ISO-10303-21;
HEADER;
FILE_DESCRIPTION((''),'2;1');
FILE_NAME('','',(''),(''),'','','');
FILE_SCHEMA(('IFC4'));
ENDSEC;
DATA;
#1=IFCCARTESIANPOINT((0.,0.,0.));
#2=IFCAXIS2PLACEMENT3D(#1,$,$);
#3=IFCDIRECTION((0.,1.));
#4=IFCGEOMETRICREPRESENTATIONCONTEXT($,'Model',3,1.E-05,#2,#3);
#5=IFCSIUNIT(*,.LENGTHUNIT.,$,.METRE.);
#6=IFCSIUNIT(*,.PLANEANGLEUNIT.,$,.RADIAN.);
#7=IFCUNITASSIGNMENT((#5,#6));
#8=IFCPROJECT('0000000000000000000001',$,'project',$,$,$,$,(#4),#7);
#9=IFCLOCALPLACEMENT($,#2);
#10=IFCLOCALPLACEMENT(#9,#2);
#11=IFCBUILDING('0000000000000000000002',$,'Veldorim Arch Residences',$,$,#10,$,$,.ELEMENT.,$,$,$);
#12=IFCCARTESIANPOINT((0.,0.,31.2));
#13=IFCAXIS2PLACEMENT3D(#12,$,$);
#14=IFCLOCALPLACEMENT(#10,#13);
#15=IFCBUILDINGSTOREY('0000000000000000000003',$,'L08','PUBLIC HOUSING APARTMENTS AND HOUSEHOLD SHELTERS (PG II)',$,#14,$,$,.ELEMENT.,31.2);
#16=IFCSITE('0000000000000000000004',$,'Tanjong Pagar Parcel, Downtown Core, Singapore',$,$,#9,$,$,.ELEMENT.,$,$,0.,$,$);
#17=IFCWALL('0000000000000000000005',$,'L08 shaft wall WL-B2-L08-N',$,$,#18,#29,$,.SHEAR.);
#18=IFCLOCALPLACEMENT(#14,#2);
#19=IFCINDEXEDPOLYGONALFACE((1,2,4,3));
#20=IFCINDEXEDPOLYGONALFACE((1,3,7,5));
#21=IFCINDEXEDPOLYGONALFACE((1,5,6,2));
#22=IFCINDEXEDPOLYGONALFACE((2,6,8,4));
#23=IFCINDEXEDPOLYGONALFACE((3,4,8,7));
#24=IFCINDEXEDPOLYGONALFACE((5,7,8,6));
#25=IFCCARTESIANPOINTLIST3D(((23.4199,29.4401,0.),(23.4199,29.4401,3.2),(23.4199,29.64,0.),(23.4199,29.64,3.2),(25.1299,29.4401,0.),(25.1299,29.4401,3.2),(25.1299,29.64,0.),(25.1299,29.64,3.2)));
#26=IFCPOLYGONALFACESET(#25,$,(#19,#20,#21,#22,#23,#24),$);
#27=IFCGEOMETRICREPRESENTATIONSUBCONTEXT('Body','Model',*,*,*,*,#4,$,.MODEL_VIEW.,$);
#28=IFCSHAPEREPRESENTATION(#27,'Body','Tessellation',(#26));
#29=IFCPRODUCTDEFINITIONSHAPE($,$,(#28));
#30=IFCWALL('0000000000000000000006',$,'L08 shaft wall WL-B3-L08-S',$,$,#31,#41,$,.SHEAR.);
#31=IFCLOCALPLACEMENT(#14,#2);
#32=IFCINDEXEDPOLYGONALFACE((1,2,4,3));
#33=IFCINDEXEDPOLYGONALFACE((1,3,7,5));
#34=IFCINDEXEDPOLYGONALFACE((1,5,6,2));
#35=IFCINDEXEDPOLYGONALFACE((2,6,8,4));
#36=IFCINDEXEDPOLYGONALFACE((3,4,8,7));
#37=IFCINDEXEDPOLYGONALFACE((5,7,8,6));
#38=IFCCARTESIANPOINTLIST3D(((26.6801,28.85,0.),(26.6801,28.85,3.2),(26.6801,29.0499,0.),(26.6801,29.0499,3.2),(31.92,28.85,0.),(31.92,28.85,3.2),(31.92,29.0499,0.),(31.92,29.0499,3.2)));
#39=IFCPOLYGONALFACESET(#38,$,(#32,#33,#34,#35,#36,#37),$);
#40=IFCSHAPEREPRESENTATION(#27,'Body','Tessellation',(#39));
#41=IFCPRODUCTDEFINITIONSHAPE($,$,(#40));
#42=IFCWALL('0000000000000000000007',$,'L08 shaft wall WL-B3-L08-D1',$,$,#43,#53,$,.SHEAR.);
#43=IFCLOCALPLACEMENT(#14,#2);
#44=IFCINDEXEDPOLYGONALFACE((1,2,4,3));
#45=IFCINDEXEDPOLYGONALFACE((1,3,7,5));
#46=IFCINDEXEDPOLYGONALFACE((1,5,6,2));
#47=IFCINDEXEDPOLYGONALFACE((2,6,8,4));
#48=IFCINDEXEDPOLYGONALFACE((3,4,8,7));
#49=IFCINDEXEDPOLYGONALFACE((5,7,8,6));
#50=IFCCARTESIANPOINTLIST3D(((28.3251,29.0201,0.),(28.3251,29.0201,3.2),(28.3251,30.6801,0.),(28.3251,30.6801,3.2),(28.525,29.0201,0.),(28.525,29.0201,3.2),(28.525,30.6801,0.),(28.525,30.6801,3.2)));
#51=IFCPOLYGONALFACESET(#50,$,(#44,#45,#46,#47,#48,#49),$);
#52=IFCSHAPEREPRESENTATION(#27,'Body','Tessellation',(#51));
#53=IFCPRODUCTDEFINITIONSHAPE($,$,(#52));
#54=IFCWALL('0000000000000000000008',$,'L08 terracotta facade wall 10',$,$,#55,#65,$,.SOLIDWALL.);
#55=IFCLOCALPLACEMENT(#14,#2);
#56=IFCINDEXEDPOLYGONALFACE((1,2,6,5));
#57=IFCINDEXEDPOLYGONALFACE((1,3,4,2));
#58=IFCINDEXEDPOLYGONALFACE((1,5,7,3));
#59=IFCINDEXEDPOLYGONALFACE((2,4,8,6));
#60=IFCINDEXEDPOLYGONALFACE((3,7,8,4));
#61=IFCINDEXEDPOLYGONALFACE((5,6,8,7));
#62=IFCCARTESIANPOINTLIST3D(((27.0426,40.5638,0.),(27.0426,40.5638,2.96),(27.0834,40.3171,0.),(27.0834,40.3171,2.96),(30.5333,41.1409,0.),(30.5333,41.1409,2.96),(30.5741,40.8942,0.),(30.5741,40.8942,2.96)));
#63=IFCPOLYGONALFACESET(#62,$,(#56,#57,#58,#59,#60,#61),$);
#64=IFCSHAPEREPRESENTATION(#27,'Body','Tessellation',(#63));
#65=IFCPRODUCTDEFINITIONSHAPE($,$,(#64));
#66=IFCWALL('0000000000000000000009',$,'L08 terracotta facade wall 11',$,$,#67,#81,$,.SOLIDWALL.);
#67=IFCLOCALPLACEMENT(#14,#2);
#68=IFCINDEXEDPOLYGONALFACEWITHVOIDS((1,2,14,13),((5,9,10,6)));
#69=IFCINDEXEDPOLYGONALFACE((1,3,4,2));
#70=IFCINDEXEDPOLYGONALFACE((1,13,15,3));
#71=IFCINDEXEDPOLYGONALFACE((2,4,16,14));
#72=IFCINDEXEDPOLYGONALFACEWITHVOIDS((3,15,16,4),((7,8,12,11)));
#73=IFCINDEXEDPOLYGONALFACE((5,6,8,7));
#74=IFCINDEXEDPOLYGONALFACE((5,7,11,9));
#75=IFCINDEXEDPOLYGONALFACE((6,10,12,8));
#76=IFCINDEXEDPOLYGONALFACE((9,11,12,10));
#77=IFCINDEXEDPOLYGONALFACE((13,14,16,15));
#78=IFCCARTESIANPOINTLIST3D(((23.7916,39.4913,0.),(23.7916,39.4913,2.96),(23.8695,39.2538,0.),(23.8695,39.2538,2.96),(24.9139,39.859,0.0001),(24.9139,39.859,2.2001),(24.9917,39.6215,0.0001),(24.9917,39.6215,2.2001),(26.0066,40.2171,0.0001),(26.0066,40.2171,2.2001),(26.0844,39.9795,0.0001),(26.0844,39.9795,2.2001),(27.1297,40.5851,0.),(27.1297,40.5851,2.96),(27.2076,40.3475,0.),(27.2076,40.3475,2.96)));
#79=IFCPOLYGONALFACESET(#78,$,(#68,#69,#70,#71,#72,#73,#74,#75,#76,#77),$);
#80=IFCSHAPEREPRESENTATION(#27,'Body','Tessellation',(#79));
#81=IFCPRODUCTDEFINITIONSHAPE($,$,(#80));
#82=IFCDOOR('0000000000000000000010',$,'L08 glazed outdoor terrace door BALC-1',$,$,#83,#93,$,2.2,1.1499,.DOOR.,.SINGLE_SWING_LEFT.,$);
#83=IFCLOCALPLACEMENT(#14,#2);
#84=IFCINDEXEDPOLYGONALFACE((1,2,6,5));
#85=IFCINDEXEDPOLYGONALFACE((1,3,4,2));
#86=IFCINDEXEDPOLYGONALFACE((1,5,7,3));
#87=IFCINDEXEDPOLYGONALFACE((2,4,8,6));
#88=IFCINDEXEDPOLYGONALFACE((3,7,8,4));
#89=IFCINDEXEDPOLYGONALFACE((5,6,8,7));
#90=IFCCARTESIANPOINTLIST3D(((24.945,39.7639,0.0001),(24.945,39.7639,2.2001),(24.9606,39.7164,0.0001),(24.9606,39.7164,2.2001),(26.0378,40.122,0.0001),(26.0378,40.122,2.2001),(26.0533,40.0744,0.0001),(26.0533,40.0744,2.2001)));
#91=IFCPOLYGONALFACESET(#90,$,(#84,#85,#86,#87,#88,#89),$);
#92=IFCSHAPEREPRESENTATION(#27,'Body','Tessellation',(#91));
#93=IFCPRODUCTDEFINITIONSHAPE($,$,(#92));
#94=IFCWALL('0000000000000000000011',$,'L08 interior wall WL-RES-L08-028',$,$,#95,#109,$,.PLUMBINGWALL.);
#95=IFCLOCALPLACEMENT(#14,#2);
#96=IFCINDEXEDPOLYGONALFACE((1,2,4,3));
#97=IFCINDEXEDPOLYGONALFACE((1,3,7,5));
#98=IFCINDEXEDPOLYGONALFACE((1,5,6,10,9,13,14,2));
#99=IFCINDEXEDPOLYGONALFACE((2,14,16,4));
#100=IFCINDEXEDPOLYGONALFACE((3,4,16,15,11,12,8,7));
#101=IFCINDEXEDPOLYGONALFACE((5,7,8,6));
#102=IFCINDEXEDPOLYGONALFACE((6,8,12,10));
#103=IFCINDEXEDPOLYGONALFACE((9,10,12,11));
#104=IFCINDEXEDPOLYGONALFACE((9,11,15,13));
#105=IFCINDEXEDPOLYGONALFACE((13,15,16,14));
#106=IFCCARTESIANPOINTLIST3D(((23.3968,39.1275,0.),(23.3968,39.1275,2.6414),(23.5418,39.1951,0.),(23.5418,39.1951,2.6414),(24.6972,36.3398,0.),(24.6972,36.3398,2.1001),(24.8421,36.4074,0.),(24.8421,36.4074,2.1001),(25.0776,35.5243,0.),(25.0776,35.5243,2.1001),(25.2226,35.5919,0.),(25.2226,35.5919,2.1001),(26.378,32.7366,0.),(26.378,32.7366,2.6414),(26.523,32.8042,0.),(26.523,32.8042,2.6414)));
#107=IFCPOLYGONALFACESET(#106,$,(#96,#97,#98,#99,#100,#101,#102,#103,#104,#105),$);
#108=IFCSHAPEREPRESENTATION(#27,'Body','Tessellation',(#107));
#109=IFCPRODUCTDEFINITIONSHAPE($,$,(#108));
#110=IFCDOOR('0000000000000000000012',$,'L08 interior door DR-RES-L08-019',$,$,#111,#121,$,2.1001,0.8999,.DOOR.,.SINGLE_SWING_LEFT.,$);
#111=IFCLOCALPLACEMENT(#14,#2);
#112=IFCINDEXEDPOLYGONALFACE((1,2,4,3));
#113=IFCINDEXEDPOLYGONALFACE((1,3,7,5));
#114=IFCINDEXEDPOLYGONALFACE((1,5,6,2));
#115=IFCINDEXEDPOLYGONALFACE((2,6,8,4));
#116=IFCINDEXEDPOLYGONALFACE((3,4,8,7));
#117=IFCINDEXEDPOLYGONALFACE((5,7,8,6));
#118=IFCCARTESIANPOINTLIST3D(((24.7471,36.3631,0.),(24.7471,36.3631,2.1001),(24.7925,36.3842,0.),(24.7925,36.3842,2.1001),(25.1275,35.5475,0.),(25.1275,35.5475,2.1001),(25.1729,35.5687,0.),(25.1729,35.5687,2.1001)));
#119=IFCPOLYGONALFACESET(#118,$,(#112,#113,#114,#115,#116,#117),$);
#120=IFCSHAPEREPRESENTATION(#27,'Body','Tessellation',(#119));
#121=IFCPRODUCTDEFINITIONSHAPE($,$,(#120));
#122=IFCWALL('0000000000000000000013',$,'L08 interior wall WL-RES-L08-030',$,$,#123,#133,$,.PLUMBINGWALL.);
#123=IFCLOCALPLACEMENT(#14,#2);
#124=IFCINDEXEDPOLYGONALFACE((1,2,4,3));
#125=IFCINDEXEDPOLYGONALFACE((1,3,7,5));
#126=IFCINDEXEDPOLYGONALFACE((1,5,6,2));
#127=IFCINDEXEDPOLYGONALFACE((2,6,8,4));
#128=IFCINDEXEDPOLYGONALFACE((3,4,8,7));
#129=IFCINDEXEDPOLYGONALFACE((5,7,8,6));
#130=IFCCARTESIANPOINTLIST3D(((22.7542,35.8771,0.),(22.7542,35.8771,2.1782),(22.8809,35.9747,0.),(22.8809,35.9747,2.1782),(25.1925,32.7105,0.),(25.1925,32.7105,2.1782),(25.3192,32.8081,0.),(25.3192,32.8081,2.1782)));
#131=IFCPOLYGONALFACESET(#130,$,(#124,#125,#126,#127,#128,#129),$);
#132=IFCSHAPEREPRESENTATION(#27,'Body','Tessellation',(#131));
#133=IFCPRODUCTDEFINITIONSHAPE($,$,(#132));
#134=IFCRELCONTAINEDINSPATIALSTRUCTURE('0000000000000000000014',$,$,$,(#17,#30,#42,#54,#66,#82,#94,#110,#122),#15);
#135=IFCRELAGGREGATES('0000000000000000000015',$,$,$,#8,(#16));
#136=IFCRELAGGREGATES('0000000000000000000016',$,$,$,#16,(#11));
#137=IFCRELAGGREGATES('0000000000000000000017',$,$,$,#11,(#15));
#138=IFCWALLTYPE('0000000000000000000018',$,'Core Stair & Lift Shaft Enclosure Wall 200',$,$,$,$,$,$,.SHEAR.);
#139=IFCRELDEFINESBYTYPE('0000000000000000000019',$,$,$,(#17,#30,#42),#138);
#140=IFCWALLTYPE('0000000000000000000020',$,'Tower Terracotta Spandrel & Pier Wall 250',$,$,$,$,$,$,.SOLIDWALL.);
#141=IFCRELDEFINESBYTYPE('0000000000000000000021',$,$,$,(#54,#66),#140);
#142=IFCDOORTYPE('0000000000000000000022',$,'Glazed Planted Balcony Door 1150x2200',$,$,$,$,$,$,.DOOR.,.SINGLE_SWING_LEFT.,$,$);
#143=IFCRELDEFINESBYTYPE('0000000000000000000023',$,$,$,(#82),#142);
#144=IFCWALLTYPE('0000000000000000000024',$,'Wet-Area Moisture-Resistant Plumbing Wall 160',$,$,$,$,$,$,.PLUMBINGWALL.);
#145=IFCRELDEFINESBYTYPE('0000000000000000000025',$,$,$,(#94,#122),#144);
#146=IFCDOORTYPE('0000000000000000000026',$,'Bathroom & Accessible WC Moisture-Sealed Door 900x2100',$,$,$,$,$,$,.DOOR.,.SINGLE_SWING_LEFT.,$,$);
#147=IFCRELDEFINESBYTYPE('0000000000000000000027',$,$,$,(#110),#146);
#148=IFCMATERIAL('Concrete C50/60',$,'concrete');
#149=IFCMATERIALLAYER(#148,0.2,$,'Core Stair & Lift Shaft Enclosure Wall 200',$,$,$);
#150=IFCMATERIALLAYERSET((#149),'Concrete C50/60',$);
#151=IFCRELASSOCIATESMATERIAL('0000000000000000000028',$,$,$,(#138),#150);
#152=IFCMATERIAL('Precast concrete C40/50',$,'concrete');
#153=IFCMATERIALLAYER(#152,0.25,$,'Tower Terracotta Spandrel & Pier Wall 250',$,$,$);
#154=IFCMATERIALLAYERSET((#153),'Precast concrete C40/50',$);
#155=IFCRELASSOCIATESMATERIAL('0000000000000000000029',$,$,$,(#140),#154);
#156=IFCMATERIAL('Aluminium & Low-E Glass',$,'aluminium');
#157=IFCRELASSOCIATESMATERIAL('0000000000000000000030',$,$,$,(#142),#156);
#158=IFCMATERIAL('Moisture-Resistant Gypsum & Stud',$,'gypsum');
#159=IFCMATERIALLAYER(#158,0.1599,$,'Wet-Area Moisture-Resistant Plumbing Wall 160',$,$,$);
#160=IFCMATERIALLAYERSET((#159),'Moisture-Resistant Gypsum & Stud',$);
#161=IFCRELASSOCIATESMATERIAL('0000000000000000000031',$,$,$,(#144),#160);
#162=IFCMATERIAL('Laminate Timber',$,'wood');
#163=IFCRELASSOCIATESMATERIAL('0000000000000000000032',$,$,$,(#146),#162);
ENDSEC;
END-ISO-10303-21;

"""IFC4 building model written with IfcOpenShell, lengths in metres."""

from ifc_helpers import new_model, si_unit, direction, frame, frame_2d, origin, place, context, subcontext, project, spatial, rectangle, extrude, material, layer, layer_set, type_object, element, fill, save


model = new_model("IFC4")

# Units and contexts
model_context = context("Model", 3, precision=1e-05, world=origin(), true_north=direction((0.0, 1.0)))
body_context = subcontext(model_context, "Body", "Model", "MODEL_VIEW")
ifc_project = project(units=[si_unit("LENGTHUNIT", "METRE"), si_unit("PLANEANGLEUNIT", "RADIAN")], contexts=[model_context])

# Site, building, storey
site_placement = place(None, origin())
site = spatial("IfcSite", under=ifc_project, at=site_placement, Name="Tanjong Pagar Parcel, Downtown Core, Singapore", CompositionType="ELEMENT", RefElevation=0.0)
building_placement = place(site_placement, origin())
building = spatial("IfcBuilding", under=site, at=building_placement, Name="Veldorim Arch Residences", CompositionType="ELEMENT")
storey_placement = place(building_placement, frame((0.0, 0.0, 31.2)))
storey = spatial("IfcBuildingStorey", under=building, at=storey_placement, Name="L08", Description="PUBLIC HOUSING APARTMENTS AND HOUSEHOLD SHELTERS (PG II)", CompositionType="ELEMENT", Elevation=31.2)

# Walls
ifc_material_1 = material(Name="Concrete C50/60", Category="concrete")
ifc_layer_1 = layer(ifc_material_1, 0.2, Name="Core Stair & Lift Shaft Enclosure Wall 200")
ifc_layer_set_1 = layer_set([ifc_layer_1], Name="Concrete C50/60")
wall_type_1 = type_object("IfcWallType", Name="Core Stair & Lift Shaft Enclosure Wall 200", PredefinedType="SHEAR", material=ifc_layer_set_1)
wall_1_placement = place(storey_placement, frame((23.4199, 29.54, 0.0), z_axis=(0.0, 0.0, 1.0), x_axis=(1.0, 0.0, 0.0)))
element("IfcWall", 1, at=wall_1_placement, inside=storey, type_object=wall_type_1, Name="L08 shaft wall WL-B2-L08-N", PredefinedType="SHEAR", context=body_context, shape_type="SweptSolid", body=[
    extrude(rectangle(XDim=1.71, YDim=0.2, at=frame_2d((0.855, 0.0))), origin(), (0.0, 0.0, 1.0), 3.2),
])
wall_2_placement = place(storey_placement, frame((26.6799, 28.95, 0.0), z_axis=(0.0, 0.0, 1.0), x_axis=(1.0, 0.0, 0.0)))
element("IfcWall", 2, at=wall_2_placement, inside=storey, type_object=wall_type_1, Name="L08 shaft wall WL-B3-L08-S", PredefinedType="SHEAR", context=body_context, shape_type="SweptSolid", body=[
    extrude(rectangle(XDim=5.24, YDim=0.2, at=frame_2d((2.6201, 0.0))), origin(), (0.0, 0.0, 1.0), 3.2),
])
wall_3_placement = place(storey_placement, frame((28.425, 29.02, 0.0), z_axis=(0.0, 0.0, 1.0), x_axis=(0.0, 1.0, 0.0)))
element("IfcWall", 3, at=wall_3_placement, inside=storey, type_object=wall_type_1, Name="L08 shaft wall WL-B3-L08-D1", PredefinedType="SHEAR", context=body_context, shape_type="SweptSolid", body=[
    extrude(rectangle(XDim=1.6599, YDim=0.2, at=frame_2d((0.8301, 0.0))), origin(), (0.0, 0.0, 1.0), 3.2),
])

# Wall
ifc_material_2 = material(Name="Precast concrete C40/50", Category="concrete")
ifc_layer_2 = layer(ifc_material_2, 0.25, Name="Tower Terracotta Spandrel & Pier Wall 250")
ifc_layer_set_2 = layer_set([ifc_layer_2], Name="Precast concrete C40/50")
wall_type_2 = type_object("IfcWallType", Name="Tower Terracotta Spandrel & Pier Wall 250", PredefinedType="SOLIDWALL", material=ifc_layer_set_2)
wall_4_placement = place(storey_placement, frame((27.063, 40.4404, 0.0), z_axis=(0.0, 0.0, 1.0), x_axis=(0.986606, 0.163123, 0.0)))
element("IfcWall", 4, at=wall_4_placement, inside=storey, type_object=wall_type_2, Name="L08 terracotta facade wall 10", PredefinedType="SOLIDWALL", context=body_context, shape_type="SweptSolid", body=[
    extrude(rectangle(XDim=3.5381, YDim=0.25, at=frame_2d((1.769, 0.0))), origin(), (0.0, 0.0, 1.0), 2.96),
])

# Walls, openings, doors
wall_5_placement = place(storey_placement, frame((23.8306, 39.3726, 0.0), z_axis=(0.0, 0.0, 1.0), x_axis=(0.95029, 0.311365, 0.0)))
wall_5 = element("IfcWall", 5, at=wall_5_placement, inside=storey, type_object=wall_type_2, Name="L08 terracotta facade wall 11", PredefinedType="SOLIDWALL", context=body_context, shape_type="SweptSolid", body=[
    extrude(rectangle(XDim=3.5127, YDim=0.25, at=frame_2d((1.7563, 0.0))), origin(), (0.0, 0.0, 1.0), 2.96),
])
opening_1_placement = place(wall_5_placement, frame((1.1809, 0.0, 0.0)))
opening_1 = element("IfcOpeningElement", 6, at=opening_1_placement, cuts=wall_5, PredefinedType="OPENING", context=body_context, shape_type="SweptSolid", body=[
    extrude(rectangle(XDim=1.1499, YDim=2.2, at=frame_2d((0.575, 1.1001))), frame((0.0, 0.135, 0.0), z_axis=(0.0, -1.0, 0.0), x_axis=(1.0, 0.0, 0.0)), (0.0, 0.0, 1.0), 0.27),
])
ifc_material_3 = material(Name="Aluminium & Low-E Glass", Category="aluminium")
door_type_1 = type_object("IfcDoorType", Name="Glazed Planted Balcony Door 1150x2200", OperationType="SINGLE_SWING_LEFT", PredefinedType="DOOR", material=ifc_material_3)
door_1_placement = place(opening_1_placement, origin())
door_1 = element("IfcDoor", 7, at=door_1_placement, inside=storey, type_object=door_type_1, Name="L08 glazed outdoor terrace door BALC-1", OperationType="SINGLE_SWING_LEFT", OverallHeight=2.2, OverallWidth=1.1499, PredefinedType="DOOR", context=body_context, shape_type="SweptSolid", body=[
    extrude(rectangle(XDim=1.1499, YDim=2.2, at=frame_2d((0.575, 1.1001))), frame((0.0, 0.0249, 0.0), z_axis=(0.0, -1.0, 0.0), x_axis=(1.0, 0.0, 0.0)), (0.0, 0.0, 1.0), 0.05),
])
fill(opening_1, door_1)
ifc_material_4 = material(Name="Moisture-Resistant Gypsum & Stud", Category="gypsum")
ifc_layer_3 = layer(ifc_material_4, 0.1599, Name="Wet-Area Moisture-Resistant Plumbing Wall 160")
ifc_layer_set_3 = layer_set([ifc_layer_3], Name="Moisture-Resistant Gypsum & Stud")
wall_type_3 = type_object("IfcWallType", Name="Wet-Area Moisture-Resistant Plumbing Wall 160", PredefinedType="PLUMBINGWALL", material=ifc_layer_set_3)
wall_6_placement = place(storey_placement, frame((26.4504, 32.7705, 0.0), z_axis=(0.0, 0.0, 1.0), x_axis=(-0.422745, 0.906249, 0.0)))
wall_6 = element("IfcWall", 8, at=wall_6_placement, inside=storey, type_object=wall_type_3, Name="L08 interior wall WL-RES-L08-028", PredefinedType="PLUMBINGWALL", context=body_context, shape_type="SweptSolid", body=[
    extrude(rectangle(XDim=7.052, YDim=0.1599, at=frame_2d((3.5259, 0.0))), origin(), (0.0, 0.0, 1.0), 2.6414),
])
opening_2_placement = place(wall_6_placement, frame((3.0759, 0.0, 0.0)))
opening_2 = element("IfcOpeningElement", 9, at=opening_2_placement, cuts=wall_6, PredefinedType="OPENING", context=body_context, shape_type="SweptSolid", body=[
    extrude(rectangle(XDim=0.8999, YDim=2.1001, at=frame_2d((0.45, 1.05))), frame((0.0, 0.0898, 0.0), z_axis=(0.0, -1.0, 0.0), x_axis=(1.0, 0.0, 0.0)), (0.0, 0.0, 1.0), 0.1799),
])
ifc_material_5 = material(Name="Laminate Timber", Category="wood")
door_type_2 = type_object("IfcDoorType", Name="Bathroom & Accessible WC Moisture-Sealed Door 900x2100", OperationType="SINGLE_SWING_LEFT", PredefinedType="DOOR", material=ifc_material_5)
door_2_placement = place(opening_2_placement, origin())
door_2 = element("IfcDoor", 10, at=door_2_placement, inside=storey, type_object=door_type_2, Name="L08 interior door DR-RES-L08-019", OperationType="SINGLE_SWING_LEFT", OverallHeight=2.1001, OverallWidth=0.8999, PredefinedType="DOOR", context=body_context, shape_type="SweptSolid", body=[
    extrude(rectangle(XDim=0.8999, YDim=2.1001, at=frame_2d((0.45, 1.05))), frame((0.0, 0.0249, 0.0), z_axis=(0.0, -1.0, 0.0), x_axis=(1.0, 0.0, 0.0)), (0.0, 0.0, 1.0), 0.05),
])
fill(opening_2, door_2)

# Wall
wall_7_placement = place(storey_placement, frame((25.2559, 32.7593, 0.0), z_axis=(0.0, 0.0, 1.0), x_axis=(-0.610097, 0.792326, 0.0)))
element("IfcWall", 11, at=wall_7_placement, inside=storey, type_object=wall_type_3, Name="L08 interior wall WL-RES-L08-030", PredefinedType="PLUMBINGWALL", context=body_context, shape_type="SweptSolid", body=[
    extrude(rectangle(XDim=3.9966, YDim=0.1599, at=frame_2d((1.9983, 0.0))), origin(), (0.0, 0.0, 1.0), 2.1782),
])

save(model, "model.ifc")
